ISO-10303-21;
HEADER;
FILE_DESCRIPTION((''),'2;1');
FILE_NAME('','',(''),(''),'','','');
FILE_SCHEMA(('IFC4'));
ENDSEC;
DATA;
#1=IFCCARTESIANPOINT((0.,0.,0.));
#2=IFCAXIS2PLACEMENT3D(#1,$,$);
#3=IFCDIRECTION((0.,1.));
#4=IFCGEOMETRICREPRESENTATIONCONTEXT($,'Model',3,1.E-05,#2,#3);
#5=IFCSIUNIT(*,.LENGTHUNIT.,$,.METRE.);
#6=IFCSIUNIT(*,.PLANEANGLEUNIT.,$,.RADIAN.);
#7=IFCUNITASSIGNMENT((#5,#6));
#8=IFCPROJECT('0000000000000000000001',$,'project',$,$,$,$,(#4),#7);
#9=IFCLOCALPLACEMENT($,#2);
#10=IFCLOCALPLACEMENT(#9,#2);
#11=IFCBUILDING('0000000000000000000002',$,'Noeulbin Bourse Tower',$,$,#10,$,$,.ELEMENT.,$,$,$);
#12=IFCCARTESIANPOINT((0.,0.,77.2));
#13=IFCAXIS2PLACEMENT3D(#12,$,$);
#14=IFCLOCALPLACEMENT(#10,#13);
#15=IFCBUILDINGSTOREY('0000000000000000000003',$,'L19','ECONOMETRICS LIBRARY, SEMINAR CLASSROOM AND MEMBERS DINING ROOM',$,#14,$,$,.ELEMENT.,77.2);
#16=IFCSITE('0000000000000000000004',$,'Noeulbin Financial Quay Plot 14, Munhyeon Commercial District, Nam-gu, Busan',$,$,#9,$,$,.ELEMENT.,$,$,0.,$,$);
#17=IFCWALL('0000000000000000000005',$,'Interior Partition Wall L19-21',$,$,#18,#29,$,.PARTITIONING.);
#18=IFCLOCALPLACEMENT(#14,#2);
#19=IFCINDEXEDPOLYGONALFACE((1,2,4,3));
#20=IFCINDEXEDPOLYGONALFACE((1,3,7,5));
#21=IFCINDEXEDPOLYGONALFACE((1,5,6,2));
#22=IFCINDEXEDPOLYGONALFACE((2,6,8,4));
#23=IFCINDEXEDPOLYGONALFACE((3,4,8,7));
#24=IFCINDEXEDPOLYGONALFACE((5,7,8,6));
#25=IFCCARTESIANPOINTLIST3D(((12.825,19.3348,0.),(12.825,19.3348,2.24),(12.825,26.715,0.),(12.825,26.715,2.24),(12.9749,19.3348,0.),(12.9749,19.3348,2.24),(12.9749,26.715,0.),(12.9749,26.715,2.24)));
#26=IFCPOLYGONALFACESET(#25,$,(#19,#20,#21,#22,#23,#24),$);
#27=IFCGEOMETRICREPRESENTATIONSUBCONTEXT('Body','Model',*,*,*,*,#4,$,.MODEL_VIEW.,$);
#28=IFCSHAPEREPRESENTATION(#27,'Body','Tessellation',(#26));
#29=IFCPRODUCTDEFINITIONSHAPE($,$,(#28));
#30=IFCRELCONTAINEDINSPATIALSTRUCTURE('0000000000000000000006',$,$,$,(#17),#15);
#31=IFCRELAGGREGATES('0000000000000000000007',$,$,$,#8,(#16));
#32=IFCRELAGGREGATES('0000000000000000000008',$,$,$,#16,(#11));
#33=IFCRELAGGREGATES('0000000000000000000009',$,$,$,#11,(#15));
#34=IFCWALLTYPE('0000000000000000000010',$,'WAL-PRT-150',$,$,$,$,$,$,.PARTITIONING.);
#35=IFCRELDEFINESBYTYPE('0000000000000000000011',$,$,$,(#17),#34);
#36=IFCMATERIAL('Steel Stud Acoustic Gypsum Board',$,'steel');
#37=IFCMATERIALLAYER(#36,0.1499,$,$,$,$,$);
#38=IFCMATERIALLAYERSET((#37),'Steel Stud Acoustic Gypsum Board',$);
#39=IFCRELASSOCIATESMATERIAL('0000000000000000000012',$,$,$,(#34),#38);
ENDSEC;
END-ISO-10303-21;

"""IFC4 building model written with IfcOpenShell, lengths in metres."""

from ifc_helpers import new_model, si_unit, direction, frame, frame_2d, origin, place, context, subcontext, project, spatial, rectangle, extrude, material, layer, layer_set, type_object, element, save


model = new_model("IFC4")

# Units and contexts
model_context = context("Model", 3, precision=1e-05, world=origin(), true_north=direction((0.0, 1.0)))
body_context = subcontext(model_context, "Body", "Model", "MODEL_VIEW")
ifc_project = project(units=[si_unit("LENGTHUNIT", "METRE"), si_unit("PLANEANGLEUNIT", "RADIAN")], contexts=[model_context])

# Site, building, storey
site_placement = place(None, origin())
site = spatial("IfcSite", under=ifc_project, at=site_placement, Name="Noeulbin Financial Quay Plot 14, Munhyeon Commercial District, Nam-gu, Busan", CompositionType="ELEMENT", RefElevation=0.0)
building_placement = place(site_placement, origin())
building = spatial("IfcBuilding", under=site, at=building_placement, Name="Noeulbin Bourse Tower", CompositionType="ELEMENT")
storey_placement = place(building_placement, frame((0.0, 0.0, 77.2)))
storey = spatial("IfcBuildingStorey", under=building, at=storey_placement, Name="L19", Description="ECONOMETRICS LIBRARY, SEMINAR CLASSROOM AND MEMBERS DINING ROOM", CompositionType="ELEMENT", Elevation=77.2)

# Shared definitions
ifc_material_1 = material(Name="Steel Stud Acoustic Gypsum Board", Category="steel")
ifc_layer_1 = layer(ifc_material_1, 0.1499)
ifc_layer_set_1 = layer_set([ifc_layer_1], Name="Steel Stud Acoustic Gypsum Board")
wall_type = type_object("IfcWallType", Name="WAL-PRT-150", PredefinedType="PARTITIONING", material=ifc_layer_set_1)

# Wall
wall_1_placement = place(storey_placement, frame((12.8999, 19.335, 0.0), z_axis=(0.0, 0.0, 1.0), x_axis=(0.0, 1.0, 0.0)))
element("IfcWall", 1, at=wall_1_placement, inside=storey, type_object=wall_type, Name="Interior Partition Wall L19-21", PredefinedType="PARTITIONING", context=body_context, shape_type="SweptSolid", body=[
    extrude(rectangle(XDim=7.3801, YDim=0.1499, at=frame_2d((3.6899, 0.0))), origin(), (0.0, 0.0, 1.0), 2.24),
])

save(model, "model.ifc")
